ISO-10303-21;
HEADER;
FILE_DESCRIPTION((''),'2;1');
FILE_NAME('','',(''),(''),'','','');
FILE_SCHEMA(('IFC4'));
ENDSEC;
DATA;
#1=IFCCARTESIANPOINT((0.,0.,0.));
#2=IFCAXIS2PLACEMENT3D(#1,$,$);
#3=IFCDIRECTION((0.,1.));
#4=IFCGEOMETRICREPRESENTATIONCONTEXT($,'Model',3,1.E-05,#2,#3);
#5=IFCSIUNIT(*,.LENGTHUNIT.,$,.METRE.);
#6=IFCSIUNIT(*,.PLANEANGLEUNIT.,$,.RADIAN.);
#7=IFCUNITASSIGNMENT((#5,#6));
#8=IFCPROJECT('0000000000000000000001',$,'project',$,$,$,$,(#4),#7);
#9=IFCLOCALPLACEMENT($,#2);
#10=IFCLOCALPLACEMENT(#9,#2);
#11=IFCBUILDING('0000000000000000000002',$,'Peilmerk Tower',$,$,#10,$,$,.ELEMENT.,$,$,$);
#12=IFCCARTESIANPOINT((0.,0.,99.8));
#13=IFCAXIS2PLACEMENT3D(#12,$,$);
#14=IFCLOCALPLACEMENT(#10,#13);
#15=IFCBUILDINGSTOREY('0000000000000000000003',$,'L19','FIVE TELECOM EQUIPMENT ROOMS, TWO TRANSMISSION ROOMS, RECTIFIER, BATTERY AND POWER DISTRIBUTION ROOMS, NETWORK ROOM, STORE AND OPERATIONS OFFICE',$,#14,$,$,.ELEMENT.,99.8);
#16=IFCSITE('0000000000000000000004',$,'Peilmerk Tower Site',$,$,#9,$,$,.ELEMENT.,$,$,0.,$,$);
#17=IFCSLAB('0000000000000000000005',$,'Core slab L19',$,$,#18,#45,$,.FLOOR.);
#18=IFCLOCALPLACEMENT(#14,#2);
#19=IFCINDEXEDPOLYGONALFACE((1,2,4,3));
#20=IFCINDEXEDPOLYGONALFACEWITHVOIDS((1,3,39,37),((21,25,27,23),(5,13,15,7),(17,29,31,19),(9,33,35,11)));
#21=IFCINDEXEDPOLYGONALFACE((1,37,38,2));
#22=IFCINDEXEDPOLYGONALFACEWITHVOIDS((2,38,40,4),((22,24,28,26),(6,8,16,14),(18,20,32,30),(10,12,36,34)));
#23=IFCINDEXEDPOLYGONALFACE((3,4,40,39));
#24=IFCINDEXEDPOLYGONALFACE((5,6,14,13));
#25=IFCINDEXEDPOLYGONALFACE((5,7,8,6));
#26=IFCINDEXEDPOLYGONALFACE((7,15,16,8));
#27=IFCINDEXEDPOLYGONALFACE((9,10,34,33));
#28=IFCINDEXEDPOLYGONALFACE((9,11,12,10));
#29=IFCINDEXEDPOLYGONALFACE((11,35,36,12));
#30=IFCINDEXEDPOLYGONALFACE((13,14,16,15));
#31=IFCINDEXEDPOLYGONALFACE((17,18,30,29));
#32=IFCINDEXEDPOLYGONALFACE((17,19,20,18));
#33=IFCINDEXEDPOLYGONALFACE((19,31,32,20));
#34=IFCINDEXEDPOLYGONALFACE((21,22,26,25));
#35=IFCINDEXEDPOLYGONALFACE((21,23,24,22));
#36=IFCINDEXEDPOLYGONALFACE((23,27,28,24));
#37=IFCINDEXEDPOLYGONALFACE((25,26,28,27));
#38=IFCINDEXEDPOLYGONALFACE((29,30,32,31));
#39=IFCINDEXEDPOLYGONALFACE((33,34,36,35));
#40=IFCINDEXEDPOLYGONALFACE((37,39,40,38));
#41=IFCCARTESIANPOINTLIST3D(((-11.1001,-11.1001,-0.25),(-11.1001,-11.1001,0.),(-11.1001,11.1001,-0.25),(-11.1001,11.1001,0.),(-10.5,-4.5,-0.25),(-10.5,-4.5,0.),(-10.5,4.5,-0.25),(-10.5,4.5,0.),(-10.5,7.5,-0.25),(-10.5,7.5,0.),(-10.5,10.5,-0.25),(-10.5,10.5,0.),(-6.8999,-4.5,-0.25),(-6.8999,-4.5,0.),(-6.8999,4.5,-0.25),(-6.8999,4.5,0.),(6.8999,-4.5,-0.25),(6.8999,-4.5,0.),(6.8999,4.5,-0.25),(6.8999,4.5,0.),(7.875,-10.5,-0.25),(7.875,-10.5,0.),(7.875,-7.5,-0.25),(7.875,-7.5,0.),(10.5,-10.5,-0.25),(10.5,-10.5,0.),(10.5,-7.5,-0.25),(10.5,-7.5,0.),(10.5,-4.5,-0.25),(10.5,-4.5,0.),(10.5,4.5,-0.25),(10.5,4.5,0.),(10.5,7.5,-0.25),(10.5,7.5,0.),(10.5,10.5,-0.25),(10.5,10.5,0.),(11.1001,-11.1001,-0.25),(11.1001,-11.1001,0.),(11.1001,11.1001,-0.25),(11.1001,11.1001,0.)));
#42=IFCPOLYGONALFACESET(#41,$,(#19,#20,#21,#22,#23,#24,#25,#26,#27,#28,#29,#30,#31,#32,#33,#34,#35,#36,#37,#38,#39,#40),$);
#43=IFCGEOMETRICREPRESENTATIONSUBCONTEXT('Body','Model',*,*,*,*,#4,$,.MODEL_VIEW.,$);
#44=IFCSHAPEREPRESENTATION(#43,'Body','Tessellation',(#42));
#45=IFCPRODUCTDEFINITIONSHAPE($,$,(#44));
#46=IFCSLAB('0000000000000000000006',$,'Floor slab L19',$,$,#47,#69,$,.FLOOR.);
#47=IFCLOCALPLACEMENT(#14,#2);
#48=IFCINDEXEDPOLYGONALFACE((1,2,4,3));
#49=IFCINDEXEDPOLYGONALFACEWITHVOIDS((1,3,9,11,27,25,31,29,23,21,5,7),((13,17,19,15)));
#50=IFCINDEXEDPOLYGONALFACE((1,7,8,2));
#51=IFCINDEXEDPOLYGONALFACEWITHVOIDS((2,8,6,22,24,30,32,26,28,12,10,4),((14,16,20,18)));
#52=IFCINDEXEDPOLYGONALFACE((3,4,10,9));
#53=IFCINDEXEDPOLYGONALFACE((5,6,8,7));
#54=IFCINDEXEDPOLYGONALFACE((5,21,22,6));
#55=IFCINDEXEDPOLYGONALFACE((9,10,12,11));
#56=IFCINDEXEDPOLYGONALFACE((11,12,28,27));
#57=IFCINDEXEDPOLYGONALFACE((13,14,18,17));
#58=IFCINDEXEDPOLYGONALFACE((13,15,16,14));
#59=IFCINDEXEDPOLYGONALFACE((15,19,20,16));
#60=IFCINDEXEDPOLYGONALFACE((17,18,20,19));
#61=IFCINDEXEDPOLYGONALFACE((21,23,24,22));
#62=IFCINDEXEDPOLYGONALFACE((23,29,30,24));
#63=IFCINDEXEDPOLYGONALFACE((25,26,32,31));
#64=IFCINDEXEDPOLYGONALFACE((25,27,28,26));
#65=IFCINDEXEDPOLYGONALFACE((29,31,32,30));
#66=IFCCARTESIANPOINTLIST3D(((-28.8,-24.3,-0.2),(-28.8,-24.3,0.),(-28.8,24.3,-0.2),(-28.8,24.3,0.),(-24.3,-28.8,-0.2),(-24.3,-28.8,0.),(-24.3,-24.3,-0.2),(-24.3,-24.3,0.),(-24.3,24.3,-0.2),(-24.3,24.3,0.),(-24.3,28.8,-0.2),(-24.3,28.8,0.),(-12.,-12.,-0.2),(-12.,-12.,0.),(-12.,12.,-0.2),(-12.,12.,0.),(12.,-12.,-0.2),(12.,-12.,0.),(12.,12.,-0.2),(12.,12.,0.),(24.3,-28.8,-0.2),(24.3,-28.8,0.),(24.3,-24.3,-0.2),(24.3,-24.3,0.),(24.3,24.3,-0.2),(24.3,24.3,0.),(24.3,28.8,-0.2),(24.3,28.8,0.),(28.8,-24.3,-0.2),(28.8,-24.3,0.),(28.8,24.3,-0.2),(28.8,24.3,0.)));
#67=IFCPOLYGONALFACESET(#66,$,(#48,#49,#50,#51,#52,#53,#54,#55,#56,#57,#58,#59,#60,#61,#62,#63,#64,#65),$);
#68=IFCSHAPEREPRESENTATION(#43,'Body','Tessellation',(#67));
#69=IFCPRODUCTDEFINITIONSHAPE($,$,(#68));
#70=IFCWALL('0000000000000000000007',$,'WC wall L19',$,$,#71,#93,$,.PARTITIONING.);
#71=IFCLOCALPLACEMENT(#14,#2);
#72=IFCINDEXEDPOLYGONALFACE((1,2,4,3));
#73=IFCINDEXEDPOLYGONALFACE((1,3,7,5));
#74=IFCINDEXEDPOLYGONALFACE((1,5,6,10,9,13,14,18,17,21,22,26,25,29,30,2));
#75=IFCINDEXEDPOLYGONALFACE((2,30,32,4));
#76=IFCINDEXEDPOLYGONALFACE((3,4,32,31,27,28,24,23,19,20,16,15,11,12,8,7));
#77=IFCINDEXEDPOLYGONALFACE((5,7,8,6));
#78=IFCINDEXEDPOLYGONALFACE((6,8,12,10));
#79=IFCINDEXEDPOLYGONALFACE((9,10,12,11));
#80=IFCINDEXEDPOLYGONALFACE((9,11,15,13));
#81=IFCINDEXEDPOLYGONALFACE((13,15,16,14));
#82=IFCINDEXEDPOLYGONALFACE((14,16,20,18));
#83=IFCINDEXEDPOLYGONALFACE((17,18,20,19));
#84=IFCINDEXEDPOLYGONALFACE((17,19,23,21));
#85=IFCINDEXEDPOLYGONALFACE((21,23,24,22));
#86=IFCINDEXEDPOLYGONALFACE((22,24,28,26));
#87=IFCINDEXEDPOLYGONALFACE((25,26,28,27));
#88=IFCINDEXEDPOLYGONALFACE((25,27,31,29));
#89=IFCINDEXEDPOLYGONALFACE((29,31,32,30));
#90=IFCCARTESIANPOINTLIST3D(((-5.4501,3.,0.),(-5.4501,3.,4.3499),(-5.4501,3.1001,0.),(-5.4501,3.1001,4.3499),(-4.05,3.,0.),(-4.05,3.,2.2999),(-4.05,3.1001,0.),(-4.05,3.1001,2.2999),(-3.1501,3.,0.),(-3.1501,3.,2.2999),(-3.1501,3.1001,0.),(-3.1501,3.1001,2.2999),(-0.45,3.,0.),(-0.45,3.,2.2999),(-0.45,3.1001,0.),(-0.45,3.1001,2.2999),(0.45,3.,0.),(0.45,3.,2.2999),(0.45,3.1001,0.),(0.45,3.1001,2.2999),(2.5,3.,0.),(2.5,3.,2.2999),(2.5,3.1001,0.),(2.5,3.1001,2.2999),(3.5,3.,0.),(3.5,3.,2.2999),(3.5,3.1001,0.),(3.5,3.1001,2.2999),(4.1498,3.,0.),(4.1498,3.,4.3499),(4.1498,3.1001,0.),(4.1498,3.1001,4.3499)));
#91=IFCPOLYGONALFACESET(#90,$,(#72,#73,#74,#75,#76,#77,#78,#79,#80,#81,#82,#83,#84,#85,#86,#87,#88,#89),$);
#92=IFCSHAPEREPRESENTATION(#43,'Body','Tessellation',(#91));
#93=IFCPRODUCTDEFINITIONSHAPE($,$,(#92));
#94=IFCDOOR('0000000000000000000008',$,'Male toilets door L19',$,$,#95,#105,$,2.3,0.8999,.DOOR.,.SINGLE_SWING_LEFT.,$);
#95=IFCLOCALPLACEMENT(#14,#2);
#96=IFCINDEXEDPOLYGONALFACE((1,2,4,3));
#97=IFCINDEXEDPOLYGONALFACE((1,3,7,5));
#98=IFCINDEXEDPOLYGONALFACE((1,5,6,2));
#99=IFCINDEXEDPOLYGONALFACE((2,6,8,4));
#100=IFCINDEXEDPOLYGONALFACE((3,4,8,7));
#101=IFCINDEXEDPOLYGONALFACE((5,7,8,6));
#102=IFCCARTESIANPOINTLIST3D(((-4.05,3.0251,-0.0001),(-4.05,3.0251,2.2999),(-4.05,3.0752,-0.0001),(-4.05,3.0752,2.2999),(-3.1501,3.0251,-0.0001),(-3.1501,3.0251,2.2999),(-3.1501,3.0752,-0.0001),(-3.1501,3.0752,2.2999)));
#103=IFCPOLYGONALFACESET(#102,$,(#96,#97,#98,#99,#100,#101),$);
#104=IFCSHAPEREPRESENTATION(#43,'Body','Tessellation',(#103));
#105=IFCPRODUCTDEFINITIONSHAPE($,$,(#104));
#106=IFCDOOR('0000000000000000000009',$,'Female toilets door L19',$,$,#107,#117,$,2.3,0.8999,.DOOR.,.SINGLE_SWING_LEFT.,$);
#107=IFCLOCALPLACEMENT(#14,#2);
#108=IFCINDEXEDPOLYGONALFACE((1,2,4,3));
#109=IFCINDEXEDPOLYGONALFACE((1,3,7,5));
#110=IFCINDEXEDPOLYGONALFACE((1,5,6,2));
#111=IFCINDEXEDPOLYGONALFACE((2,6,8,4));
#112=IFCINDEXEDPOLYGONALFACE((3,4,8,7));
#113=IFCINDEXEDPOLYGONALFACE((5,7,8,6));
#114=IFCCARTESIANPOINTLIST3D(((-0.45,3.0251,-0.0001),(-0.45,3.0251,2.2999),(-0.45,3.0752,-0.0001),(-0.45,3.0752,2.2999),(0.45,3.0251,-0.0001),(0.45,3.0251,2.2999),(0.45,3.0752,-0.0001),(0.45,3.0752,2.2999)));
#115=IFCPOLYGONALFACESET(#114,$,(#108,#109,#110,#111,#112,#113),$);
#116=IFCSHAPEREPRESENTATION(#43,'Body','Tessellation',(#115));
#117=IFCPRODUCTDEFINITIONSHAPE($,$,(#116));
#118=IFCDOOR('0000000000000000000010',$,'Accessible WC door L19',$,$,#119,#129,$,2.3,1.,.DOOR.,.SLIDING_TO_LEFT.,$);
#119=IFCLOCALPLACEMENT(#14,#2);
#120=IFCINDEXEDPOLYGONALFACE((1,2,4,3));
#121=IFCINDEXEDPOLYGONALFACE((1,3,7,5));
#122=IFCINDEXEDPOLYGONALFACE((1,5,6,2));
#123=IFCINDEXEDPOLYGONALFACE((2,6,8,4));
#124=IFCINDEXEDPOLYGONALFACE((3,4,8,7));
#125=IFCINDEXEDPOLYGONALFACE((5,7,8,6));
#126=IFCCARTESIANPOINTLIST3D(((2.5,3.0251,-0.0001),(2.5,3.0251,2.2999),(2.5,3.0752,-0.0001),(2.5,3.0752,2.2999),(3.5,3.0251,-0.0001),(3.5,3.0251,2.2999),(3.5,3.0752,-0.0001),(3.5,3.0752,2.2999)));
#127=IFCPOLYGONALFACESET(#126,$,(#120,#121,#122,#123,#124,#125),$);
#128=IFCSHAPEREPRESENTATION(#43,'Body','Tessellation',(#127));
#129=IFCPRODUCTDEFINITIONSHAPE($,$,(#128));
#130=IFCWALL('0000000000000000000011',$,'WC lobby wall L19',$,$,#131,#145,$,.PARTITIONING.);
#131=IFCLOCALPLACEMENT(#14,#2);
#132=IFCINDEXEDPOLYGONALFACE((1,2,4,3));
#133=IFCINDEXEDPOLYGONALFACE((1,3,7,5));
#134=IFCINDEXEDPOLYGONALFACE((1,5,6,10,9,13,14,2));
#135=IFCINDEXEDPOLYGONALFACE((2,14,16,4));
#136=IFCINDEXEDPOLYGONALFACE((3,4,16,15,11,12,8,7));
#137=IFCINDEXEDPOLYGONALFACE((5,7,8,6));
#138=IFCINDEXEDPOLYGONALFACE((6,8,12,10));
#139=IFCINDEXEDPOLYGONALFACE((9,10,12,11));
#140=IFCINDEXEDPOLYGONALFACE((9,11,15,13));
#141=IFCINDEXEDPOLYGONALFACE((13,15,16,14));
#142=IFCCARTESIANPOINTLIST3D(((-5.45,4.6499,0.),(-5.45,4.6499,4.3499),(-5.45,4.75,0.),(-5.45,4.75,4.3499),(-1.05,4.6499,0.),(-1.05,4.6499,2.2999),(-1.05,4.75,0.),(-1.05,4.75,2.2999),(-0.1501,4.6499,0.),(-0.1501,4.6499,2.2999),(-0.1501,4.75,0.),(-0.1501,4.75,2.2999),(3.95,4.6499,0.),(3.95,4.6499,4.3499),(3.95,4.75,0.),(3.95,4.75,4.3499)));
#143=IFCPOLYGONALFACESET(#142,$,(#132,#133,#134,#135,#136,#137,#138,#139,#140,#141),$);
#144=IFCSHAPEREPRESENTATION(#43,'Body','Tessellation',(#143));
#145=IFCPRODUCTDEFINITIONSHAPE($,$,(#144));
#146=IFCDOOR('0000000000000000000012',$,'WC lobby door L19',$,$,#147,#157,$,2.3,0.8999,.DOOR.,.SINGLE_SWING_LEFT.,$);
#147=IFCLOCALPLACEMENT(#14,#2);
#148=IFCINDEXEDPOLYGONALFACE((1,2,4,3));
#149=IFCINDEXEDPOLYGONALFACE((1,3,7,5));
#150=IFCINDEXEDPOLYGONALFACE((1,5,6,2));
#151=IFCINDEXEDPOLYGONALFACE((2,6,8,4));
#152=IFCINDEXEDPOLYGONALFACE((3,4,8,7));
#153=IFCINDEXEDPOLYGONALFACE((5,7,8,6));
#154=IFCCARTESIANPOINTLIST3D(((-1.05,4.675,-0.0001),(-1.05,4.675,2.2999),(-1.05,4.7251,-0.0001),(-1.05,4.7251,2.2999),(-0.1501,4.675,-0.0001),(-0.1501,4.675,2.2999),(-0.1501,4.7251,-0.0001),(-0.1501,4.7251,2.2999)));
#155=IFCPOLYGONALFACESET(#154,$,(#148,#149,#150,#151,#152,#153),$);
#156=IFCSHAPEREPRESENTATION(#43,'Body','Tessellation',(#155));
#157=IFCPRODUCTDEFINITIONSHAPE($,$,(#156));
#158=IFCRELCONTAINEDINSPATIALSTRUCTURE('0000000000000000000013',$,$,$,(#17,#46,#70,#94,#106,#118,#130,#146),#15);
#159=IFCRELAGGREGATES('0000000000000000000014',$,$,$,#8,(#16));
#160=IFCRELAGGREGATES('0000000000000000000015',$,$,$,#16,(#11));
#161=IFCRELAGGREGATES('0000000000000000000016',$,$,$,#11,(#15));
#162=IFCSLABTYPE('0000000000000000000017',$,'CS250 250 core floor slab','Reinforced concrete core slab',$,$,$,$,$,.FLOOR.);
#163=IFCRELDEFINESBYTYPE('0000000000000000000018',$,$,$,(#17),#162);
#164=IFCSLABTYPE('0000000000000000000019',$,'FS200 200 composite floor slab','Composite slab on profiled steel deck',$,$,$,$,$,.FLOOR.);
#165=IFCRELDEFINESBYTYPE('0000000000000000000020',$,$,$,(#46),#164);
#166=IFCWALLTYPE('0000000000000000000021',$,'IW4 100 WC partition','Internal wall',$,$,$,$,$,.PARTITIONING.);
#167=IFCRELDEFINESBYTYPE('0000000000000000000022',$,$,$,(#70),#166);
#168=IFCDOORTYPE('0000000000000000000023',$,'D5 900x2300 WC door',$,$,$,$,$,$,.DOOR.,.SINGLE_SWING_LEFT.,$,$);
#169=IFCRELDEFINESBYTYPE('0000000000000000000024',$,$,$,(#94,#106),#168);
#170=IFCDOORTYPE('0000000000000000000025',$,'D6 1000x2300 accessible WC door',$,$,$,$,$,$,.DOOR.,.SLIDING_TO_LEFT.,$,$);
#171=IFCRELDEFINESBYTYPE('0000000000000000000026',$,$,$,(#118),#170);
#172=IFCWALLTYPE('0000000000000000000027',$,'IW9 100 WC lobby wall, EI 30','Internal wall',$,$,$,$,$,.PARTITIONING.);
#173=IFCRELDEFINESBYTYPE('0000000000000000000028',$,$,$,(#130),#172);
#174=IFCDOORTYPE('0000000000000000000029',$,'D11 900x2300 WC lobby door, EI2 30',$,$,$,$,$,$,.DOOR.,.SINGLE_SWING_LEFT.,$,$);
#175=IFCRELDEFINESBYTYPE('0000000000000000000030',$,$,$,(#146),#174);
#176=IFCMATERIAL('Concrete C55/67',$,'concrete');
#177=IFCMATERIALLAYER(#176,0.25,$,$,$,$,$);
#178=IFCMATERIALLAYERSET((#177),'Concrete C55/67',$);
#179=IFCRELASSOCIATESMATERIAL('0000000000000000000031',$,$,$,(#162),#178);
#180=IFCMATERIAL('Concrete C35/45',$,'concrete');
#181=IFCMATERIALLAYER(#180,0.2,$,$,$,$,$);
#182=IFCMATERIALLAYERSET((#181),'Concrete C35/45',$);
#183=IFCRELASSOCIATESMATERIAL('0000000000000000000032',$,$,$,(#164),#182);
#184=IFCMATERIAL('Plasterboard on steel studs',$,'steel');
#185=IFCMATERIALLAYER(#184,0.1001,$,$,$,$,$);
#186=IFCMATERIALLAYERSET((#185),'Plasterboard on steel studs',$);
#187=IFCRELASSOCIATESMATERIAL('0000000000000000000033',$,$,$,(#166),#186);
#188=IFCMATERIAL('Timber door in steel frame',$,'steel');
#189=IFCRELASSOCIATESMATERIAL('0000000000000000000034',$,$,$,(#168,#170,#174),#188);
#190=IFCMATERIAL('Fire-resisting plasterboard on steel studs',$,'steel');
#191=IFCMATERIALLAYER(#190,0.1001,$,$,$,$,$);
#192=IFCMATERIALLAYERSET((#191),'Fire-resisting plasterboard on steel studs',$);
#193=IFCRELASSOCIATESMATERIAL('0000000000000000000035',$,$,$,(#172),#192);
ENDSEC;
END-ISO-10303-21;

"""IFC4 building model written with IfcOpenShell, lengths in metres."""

from ifc_helpers import new_model, si_unit, direction, frame, frame_2d, origin, place, context, subcontext, project, spatial, polyline, rectangle, outline, extrude, material, layer, layer_set, type_object, element, fill, save


model = new_model("IFC4")

# Units and contexts
model_context = context("Model", 3, precision=1e-05, world=origin(), true_north=direction((0.0, 1.0)))
body_context = subcontext(model_context, "Body", "Model", "MODEL_VIEW")
ifc_project = project(units=[si_unit("LENGTHUNIT", "METRE"), si_unit("PLANEANGLEUNIT", "RADIAN")], contexts=[model_context])

# Site, building, storey
site_placement = place(None, origin())
site = spatial("IfcSite", under=ifc_project, at=site_placement, Name="Peilmerk Tower Site", CompositionType="ELEMENT", RefElevation=0.0)
building_placement = place(site_placement, origin())
building = spatial("IfcBuilding", under=site, at=building_placement, Name="Peilmerk Tower", CompositionType="ELEMENT")
storey_placement = place(building_placement, frame((0.0, 0.0, 99.8)))
storey = spatial("IfcBuildingStorey", under=building, at=storey_placement, Name="L19", Description="FIVE TELECOM EQUIPMENT ROOMS, TWO TRANSMISSION ROOMS, RECTIFIER, BATTERY AND POWER DISTRIBUTION ROOMS, NETWORK ROOM, STORE AND OPERATIONS OFFICE", CompositionType="ELEMENT", Elevation=99.8)

# Slabs
ifc_material_1 = material(Name="Concrete C55/67", Category="concrete")
ifc_layer_1 = layer(ifc_material_1, 0.25)
ifc_layer_set_1 = layer_set([ifc_layer_1], Name="Concrete C55/67")
slab_type_1 = type_object("IfcSlabType", Name="CS250 250 core floor slab", Description="Reinforced concrete core slab", PredefinedType="FLOOR", material=ifc_layer_set_1)
slab_1_placement = place(storey_placement, frame((0.0, 0.0, -0.25)))
element("IfcSlab", 1, at=slab_1_placement, inside=storey, type_object=slab_type_1, Name="Core slab L19", PredefinedType="FLOOR", context=body_context, shape_type="SweptSolid", body=[
    extrude(outline(polyline([(-11.1001, 11.1001), (-11.1001, -11.1001), (11.1001, -11.1001), (11.1001, 11.1001), (-11.1001, 11.1001)]), holes=[polyline([(10.5, 7.5), (-10.5, 7.5), (-10.5, 10.5), (10.5, 10.5), (10.5, 7.5)]), polyline([(7.875, -10.5), (7.875, -7.5), (10.5, -7.5), (10.5, -10.5), (7.875, -10.5)]), polyline([(-10.5, 4.5), (-6.8999, 4.5), (-6.8999, -4.5), (-10.5, -4.5), (-10.5, 4.5)]), polyline([(10.5, 4.5), (10.5, -4.5), (6.8999, -4.5), (6.8999, 4.5), (10.5, 4.5)])]), origin(), (0.0, 0.0, 1.0), 0.25),
])
ifc_material_2 = material(Name="Concrete C35/45", Category="concrete")
ifc_layer_2 = layer(ifc_material_2, 0.2)
ifc_layer_set_2 = layer_set([ifc_layer_2], Name="Concrete C35/45")
slab_type_2 = type_object("IfcSlabType", Name="FS200 200 composite floor slab", Description="Composite slab on profiled steel deck", PredefinedType="FLOOR", material=ifc_layer_set_2)
slab_2_placement = place(storey_placement, frame((0.0, 0.0, -0.2)))
element("IfcSlab", 2, at=slab_2_placement, inside=storey, type_object=slab_type_2, Name="Floor slab L19", PredefinedType="FLOOR", context=body_context, shape_type="SweptSolid", body=[
    extrude(outline(polyline([(-24.3, -28.8), (24.3, -28.8), (24.3, -24.3), (28.8, -24.3), (28.8, 24.3), (24.3, 24.3), (24.3, 28.8), (-24.3, 28.8), (-24.3, 24.3), (-28.8, 24.3), (-28.8, -24.3), (-24.3, -24.3), (-24.3, -28.8)]), holes=[polyline([(12.0, 12.0), (12.0, -12.0), (-12.0, -12.0), (-12.0, 12.0), (12.0, 12.0)])]), origin(), (0.0, 0.0, 1.0), 0.2),
])

# Wall, openings, doors
ifc_material_3 = material(Name="Plasterboard on steel studs", Category="steel")
ifc_layer_3 = layer(ifc_material_3, 0.1001)
ifc_layer_set_3 = layer_set([ifc_layer_3], Name="Plasterboard on steel studs")
wall_type_1 = type_object("IfcWallType", Name="IW4 100 WC partition", Description="Internal wall", PredefinedType="PARTITIONING", material=ifc_layer_set_3)
wall_1_placement = place(storey_placement, frame((-5.45, 3.05, 0.0), z_axis=(0.0, 0.0, 1.0), x_axis=(1.0, 0.0, 0.0)))
wall_1 = element("IfcWall", 3, at=wall_1_placement, inside=storey, type_object=wall_type_1, Name="WC wall L19", PredefinedType="PARTITIONING", context=body_context, shape_type="SweptSolid", body=[
    extrude(rectangle(XDim=9.5999, YDim=0.1001, at=frame_2d((4.7998, 0.0))), origin(), (0.0, 0.0, 1.0), 4.3499),
])
opening_1_placement = place(wall_1_placement, frame((1.3999, 0.0, 0.0)))
opening_1 = element("IfcOpeningElement", 4, at=opening_1_placement, cuts=wall_1, PredefinedType="OPENING", context=body_context, shape_type="SweptSolid", body=[
    extrude(rectangle(XDim=0.8999, YDim=2.3, at=frame_2d((0.45, 1.1499))), frame((0.0, 0.0601, 0.0), z_axis=(0.0, -1.0, 0.0), x_axis=(1.0, 0.0, 0.0)), (0.0, 0.0, 1.0), 0.1201),
])
opening_2_placement = place(wall_1_placement, frame((5.0, 0.0, 0.0)))
opening_2 = element("IfcOpeningElement", 5, at=opening_2_placement, cuts=wall_1, PredefinedType="OPENING", context=body_context, shape_type="SweptSolid", body=[
    extrude(rectangle(XDim=0.8999, YDim=2.3, at=frame_2d((0.45, 1.1499))), frame((0.0, 0.0601, 0.0), z_axis=(0.0, -1.0, 0.0), x_axis=(1.0, 0.0, 0.0)), (0.0, 0.0, 1.0), 0.1201),
])
opening_3_placement = place(wall_1_placement, frame((7.95, 0.0, 0.0)))
opening_3 = element("IfcOpeningElement", 6, at=opening_3_placement, cuts=wall_1, PredefinedType="OPENING", context=body_context, shape_type="SweptSolid", body=[
    extrude(rectangle(XDim=1.0, YDim=2.3, at=frame_2d((0.5, 1.1499))), frame((0.0, 0.0601, 0.0), z_axis=(0.0, -1.0, 0.0), x_axis=(1.0, 0.0, 0.0)), (0.0, 0.0, 1.0), 0.1201),
])
ifc_material_4 = material(Name="Timber door in steel frame", Category="steel")
door_type_1 = type_object("IfcDoorType", Name="D5 900x2300 WC door", OperationType="SINGLE_SWING_LEFT", PredefinedType="DOOR", material=ifc_material_4)
door_1_placement = place(opening_1_placement, frame((0.8999, 0.0, 0.0), z_axis=(0.0, 0.0, 1.0), x_axis=(-1.0, 0.0, 0.0)))
door_1 = element("IfcDoor", 7, at=door_1_placement, inside=storey, type_object=door_type_1, Name="Male toilets door L19", OperationType="SINGLE_SWING_LEFT", OverallHeight=2.3, OverallWidth=0.8999, PredefinedType="DOOR", context=body_context, shape_type="SweptSolid", body=[
    extrude(rectangle(XDim=0.8999, YDim=2.3, at=frame_2d((0.45, 1.1499))), frame((0.0, 0.0249, 0.0), z_axis=(0.0, -1.0, 0.0), x_axis=(1.0, 0.0, 0.0)), (0.0, 0.0, 1.0), 0.05),
])
fill(opening_1, door_1)
door_2_placement = place(opening_2_placement, frame((0.8999, 0.0, 0.0), z_axis=(0.0, 0.0, 1.0), x_axis=(-1.0, 0.0, 0.0)))
door_2 = element("IfcDoor", 8, at=door_2_placement, inside=storey, type_object=door_type_1, Name="Female toilets door L19", OperationType="SINGLE_SWING_LEFT", OverallHeight=2.3, OverallWidth=0.8999, PredefinedType="DOOR", context=body_context, shape_type="SweptSolid", body=[
    extrude(rectangle(XDim=0.8999, YDim=2.3, at=frame_2d((0.45, 1.1499))), frame((0.0, 0.0249, 0.0), z_axis=(0.0, -1.0, 0.0), x_axis=(1.0, 0.0, 0.0)), (0.0, 0.0, 1.0), 0.05),
])
fill(opening_2, door_2)
door_type_2 = type_object("IfcDoorType", Name="D6 1000x2300 accessible WC door", OperationType="SLIDING_TO_LEFT", PredefinedType="DOOR", material=ifc_material_4)
door_3_placement = place(opening_3_placement, frame((1.0, 0.0, 0.0), z_axis=(0.0, 0.0, 1.0), x_axis=(-1.0, 0.0, 0.0)))
door_3 = element("IfcDoor", 9, at=door_3_placement, inside=storey, type_object=door_type_2, Name="Accessible WC door L19", OperationType="SLIDING_TO_LEFT", OverallHeight=2.3, OverallWidth=1.0, PredefinedType="DOOR", context=body_context, shape_type="SweptSolid", body=[
    extrude(rectangle(XDim=1.0, YDim=2.3, at=frame_2d((0.5, 1.1499))), frame((0.0, 0.0249, 0.0), z_axis=(0.0, -1.0, 0.0), x_axis=(1.0, 0.0, 0.0)), (0.0, 0.0, 1.0), 0.05),
])
fill(opening_3, door_3)

# Wall, opening, door
ifc_material_5 = material(Name="Fire-resisting plasterboard on steel studs", Category="steel")
ifc_layer_4 = layer(ifc_material_5, 0.1001)
ifc_layer_set_4 = layer_set([ifc_layer_4], Name="Fire-resisting plasterboard on steel studs")
wall_type_2 = type_object("IfcWallType", Name="IW9 100 WC lobby wall, EI 30", Description="Internal wall", PredefinedType="PARTITIONING", material=ifc_layer_set_4)
wall_2_placement = place(storey_placement, frame((-5.45, 4.7, 0.0), z_axis=(0.0, 0.0, 1.0), x_axis=(1.0, 0.0, 0.0)))
wall_2 = element("IfcWall", 10, at=wall_2_placement, inside=storey, type_object=wall_type_2, Name="WC lobby wall L19", PredefinedType="PARTITIONING", context=body_context, shape_type="SweptSolid", body=[
    extrude(rectangle(XDim=9.3999, YDim=0.1001, at=frame_2d((4.7, 0.0))), origin(), (0.0, 0.0, 1.0), 4.3499),
])
opening_4_placement = place(wall_2_placement, frame((4.3999, 0.0, 0.0)))
opening_4 = element("IfcOpeningElement", 11, at=opening_4_placement, cuts=wall_2, PredefinedType="OPENING", context=body_context, shape_type="SweptSolid", body=[
    extrude(rectangle(XDim=0.8999, YDim=2.3, at=frame_2d((0.45, 1.1499))), frame((0.0, 0.0601, 0.0), z_axis=(0.0, -1.0, 0.0), x_axis=(1.0, 0.0, 0.0)), (0.0, 0.0, 1.0), 0.1201),
])
door_type_3 = type_object("IfcDoorType", Name="D11 900x2300 WC lobby door, EI2 30", OperationType="SINGLE_SWING_LEFT", PredefinedType="DOOR", material=ifc_material_4)
door_4_placement = place(opening_4_placement, frame((0.8999, 0.0, 0.0), z_axis=(0.0, 0.0, 1.0), x_axis=(-1.0, 0.0, 0.0)))
door_4 = element("IfcDoor", 12, at=door_4_placement, inside=storey, type_object=door_type_3, Name="WC lobby door L19", OperationType="SINGLE_SWING_LEFT", OverallHeight=2.3, OverallWidth=0.8999, PredefinedType="DOOR", context=body_context, shape_type="SweptSolid", body=[
    extrude(rectangle(XDim=0.8999, YDim=2.3, at=frame_2d((0.45, 1.1499))), frame((0.0, 0.0249, 0.0), z_axis=(0.0, -1.0, 0.0), x_axis=(1.0, 0.0, 0.0)), (0.0, 0.0, 1.0), 0.05),
])
fill(opening_4, door_4)

save(model, "model.ifc")
